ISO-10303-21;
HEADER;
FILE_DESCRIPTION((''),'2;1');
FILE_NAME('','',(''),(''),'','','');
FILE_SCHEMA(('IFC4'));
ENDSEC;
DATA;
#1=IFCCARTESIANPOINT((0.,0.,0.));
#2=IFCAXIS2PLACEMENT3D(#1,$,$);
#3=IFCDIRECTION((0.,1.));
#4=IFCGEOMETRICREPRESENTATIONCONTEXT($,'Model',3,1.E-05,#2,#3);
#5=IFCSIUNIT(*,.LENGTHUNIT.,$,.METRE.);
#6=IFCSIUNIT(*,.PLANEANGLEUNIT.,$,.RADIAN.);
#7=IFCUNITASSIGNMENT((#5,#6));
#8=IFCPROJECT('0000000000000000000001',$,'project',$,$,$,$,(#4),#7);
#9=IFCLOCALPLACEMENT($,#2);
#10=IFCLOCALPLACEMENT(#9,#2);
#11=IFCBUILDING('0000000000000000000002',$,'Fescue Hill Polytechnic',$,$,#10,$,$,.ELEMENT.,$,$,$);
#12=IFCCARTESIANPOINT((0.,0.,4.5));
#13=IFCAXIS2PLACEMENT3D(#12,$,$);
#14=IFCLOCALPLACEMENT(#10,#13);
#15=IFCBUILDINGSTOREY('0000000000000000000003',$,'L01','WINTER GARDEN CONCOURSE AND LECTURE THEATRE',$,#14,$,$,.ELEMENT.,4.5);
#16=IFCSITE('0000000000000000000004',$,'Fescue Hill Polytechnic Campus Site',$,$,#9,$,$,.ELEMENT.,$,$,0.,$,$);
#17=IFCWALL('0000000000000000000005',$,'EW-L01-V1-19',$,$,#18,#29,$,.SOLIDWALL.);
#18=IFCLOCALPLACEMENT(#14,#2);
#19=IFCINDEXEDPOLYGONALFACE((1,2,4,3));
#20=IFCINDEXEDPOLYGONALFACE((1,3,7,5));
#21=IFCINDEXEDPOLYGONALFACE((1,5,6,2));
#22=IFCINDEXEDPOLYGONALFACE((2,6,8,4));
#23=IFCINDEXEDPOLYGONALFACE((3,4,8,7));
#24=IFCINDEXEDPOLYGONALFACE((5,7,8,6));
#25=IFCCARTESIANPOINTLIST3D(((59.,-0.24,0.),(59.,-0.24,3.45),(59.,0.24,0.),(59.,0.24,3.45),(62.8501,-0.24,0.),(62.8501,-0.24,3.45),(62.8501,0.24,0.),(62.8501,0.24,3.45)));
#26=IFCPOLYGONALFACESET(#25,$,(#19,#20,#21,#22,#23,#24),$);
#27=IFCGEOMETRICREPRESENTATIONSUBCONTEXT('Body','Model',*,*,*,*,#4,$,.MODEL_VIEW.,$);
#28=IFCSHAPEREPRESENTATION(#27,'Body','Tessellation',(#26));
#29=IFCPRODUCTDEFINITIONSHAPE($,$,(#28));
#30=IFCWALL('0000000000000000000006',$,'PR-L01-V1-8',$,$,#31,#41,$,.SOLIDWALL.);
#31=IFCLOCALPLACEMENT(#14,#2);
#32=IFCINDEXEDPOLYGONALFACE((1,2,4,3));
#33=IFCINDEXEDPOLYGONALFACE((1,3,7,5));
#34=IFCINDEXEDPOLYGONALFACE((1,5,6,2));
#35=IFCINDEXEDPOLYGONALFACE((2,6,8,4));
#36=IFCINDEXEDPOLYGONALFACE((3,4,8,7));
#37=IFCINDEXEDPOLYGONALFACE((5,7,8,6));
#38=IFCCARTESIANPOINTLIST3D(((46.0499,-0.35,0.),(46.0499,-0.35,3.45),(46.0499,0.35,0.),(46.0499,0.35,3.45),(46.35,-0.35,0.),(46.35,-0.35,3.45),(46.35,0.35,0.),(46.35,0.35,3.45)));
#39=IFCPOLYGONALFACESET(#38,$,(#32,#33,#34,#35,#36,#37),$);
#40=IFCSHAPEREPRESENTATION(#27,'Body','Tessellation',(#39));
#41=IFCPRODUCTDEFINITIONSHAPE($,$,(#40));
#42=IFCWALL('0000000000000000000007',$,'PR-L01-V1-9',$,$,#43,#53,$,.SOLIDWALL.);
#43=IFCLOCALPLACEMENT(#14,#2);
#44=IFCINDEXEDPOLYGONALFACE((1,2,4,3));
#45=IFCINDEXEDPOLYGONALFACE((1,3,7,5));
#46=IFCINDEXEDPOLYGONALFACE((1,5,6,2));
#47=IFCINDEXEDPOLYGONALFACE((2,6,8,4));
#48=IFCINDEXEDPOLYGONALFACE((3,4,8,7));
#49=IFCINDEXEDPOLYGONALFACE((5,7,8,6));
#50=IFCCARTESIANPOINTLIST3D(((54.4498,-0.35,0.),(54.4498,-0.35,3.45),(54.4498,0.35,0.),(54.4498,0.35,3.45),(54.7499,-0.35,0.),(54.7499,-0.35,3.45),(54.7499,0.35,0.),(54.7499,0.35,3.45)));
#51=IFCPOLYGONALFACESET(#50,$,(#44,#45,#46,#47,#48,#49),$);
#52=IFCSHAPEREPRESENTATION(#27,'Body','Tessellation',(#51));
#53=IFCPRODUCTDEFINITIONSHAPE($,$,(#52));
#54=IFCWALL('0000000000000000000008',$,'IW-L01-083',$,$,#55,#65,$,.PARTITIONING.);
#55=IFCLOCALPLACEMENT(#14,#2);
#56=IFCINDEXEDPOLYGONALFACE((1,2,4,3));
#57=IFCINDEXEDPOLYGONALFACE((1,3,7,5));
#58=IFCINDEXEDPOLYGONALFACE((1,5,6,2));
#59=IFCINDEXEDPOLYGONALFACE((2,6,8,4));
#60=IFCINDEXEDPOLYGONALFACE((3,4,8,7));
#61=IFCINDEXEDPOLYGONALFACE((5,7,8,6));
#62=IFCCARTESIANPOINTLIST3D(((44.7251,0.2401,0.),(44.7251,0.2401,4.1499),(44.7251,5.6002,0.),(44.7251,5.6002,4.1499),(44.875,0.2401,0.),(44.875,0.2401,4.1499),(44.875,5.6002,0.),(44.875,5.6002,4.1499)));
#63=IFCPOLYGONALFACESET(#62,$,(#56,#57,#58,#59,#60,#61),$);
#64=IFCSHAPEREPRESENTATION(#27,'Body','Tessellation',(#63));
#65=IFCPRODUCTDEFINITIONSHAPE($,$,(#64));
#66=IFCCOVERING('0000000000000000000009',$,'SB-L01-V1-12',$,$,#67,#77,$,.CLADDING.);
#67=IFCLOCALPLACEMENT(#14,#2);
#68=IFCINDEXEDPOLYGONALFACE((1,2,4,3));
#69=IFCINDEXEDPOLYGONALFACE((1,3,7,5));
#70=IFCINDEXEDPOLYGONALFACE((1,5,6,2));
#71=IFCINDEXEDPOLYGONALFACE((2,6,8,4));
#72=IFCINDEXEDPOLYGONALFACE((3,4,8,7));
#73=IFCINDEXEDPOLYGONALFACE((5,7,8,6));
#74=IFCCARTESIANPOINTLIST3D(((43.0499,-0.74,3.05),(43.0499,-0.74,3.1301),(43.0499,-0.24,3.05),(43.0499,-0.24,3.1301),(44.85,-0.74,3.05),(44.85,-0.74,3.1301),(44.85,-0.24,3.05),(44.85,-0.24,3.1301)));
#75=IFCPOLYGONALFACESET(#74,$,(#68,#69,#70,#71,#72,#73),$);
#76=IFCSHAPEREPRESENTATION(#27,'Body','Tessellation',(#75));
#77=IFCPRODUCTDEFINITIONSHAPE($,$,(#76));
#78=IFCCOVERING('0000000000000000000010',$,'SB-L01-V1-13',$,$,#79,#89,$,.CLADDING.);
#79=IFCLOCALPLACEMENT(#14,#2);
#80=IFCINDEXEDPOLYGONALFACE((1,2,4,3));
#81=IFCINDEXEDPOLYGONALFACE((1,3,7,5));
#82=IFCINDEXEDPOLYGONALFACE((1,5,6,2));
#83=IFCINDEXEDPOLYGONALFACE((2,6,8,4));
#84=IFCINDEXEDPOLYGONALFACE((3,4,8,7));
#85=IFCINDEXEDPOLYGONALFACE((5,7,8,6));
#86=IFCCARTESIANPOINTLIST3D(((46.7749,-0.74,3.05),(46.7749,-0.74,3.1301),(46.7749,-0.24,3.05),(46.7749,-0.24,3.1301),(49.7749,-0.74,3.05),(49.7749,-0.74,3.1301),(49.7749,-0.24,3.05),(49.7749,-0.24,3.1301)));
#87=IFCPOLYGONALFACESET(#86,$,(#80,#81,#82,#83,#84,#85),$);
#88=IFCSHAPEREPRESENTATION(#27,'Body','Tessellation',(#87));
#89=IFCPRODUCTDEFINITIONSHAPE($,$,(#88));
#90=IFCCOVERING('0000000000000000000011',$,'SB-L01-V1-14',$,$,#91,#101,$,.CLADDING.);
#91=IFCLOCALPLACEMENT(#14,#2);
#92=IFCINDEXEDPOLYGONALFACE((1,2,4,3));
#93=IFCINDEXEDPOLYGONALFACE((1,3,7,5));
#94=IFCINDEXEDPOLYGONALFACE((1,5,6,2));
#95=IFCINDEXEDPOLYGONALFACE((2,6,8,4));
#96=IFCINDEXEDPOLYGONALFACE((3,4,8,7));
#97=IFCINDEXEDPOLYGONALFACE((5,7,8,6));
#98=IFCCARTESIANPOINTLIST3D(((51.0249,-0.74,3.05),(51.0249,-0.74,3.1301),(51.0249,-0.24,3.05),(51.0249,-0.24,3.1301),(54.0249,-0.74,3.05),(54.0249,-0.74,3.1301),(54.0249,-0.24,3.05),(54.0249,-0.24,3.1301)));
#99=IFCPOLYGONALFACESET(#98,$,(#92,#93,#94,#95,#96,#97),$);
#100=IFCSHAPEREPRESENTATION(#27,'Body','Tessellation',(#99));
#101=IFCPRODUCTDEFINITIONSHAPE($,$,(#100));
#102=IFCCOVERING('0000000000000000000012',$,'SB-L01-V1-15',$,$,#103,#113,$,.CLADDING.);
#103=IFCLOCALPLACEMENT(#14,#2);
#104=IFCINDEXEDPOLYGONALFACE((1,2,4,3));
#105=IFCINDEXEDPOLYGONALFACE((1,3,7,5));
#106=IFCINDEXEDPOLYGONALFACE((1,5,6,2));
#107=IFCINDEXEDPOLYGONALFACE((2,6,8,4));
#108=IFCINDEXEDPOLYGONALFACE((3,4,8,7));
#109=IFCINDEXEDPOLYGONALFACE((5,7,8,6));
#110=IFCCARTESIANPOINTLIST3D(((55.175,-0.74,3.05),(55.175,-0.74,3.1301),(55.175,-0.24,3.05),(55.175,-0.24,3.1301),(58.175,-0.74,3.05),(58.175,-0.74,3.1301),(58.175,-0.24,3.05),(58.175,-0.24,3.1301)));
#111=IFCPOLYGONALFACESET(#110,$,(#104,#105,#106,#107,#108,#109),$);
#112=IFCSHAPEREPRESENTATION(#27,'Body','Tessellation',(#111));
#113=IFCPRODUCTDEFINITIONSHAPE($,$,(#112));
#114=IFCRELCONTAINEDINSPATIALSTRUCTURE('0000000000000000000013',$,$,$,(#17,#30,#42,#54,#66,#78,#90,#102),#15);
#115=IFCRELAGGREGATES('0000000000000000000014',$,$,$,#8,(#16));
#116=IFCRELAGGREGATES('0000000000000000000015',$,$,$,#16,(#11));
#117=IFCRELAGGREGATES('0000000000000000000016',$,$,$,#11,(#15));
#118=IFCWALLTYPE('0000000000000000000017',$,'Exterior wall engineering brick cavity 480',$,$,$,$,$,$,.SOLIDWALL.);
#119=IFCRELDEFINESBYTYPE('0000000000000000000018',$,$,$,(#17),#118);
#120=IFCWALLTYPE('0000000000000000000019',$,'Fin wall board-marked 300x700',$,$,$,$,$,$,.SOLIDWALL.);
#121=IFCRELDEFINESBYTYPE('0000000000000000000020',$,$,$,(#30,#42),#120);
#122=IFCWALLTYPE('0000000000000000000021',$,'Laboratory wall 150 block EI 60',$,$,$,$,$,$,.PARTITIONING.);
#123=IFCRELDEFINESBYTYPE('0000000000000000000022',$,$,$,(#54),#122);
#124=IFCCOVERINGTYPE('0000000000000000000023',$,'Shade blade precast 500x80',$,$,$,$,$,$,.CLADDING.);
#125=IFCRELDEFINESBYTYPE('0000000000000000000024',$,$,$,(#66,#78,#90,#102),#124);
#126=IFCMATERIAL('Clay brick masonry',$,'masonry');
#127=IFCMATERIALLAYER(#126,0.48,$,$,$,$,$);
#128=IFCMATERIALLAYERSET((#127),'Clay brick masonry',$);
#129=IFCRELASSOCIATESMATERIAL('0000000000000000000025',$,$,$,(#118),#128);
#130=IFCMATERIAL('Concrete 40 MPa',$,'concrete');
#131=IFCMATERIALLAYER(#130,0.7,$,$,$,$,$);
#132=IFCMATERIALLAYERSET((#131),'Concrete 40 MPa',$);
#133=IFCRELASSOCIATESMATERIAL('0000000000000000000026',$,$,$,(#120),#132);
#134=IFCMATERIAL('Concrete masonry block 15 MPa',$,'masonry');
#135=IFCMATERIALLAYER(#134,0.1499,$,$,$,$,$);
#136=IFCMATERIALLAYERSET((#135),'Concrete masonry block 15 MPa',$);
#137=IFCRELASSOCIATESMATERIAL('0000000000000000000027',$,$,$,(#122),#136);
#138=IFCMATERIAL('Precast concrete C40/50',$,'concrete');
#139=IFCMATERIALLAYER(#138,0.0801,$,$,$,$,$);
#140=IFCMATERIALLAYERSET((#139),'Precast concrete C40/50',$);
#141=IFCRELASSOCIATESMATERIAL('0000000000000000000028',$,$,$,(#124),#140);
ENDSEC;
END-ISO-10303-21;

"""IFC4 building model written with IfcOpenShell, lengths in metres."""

from ifc_helpers import new_model, si_unit, direction, frame, frame_2d, origin, origin_2d, place, context, subcontext, project, spatial, rectangle, extrude, material, layer, layer_set, type_object, element, save


model = new_model("IFC4")

# Units and contexts
model_context = context("Model", 3, precision=1e-05, world=origin(), true_north=direction((0.0, 1.0)))
body_context = subcontext(model_context, "Body", "Model", "MODEL_VIEW")
ifc_project = project(units=[si_unit("LENGTHUNIT", "METRE"), si_unit("PLANEANGLEUNIT", "RADIAN")], contexts=[model_context])

# Site, building, storey
site_placement = place(None, origin())
site = spatial("IfcSite", under=ifc_project, at=site_placement, Name="Fescue Hill Polytechnic Campus Site", CompositionType="ELEMENT", RefElevation=0.0)
building_placement = place(site_placement, origin())
building = spatial("IfcBuilding", under=site, at=building_placement, Name="Fescue Hill Polytechnic", CompositionType="ELEMENT")
storey_placement = place(building_placement, frame((0.0, 0.0, 4.5)))
storey = spatial("IfcBuildingStorey", under=building, at=storey_placement, Name="L01", Description="WINTER GARDEN CONCOURSE AND LECTURE THEATRE", CompositionType="ELEMENT", Elevation=4.5)

# Shared definitions
ifc_material_1 = material(Name="Concrete 40 MPa", Category="concrete")

# Shared definitions
ifc_material_2 = material(Name="Clay brick masonry", Category="masonry")
ifc_layer_1 = layer(ifc_material_2, 0.48)
ifc_layer_set_1 = layer_set([ifc_layer_1], Name="Clay brick masonry")
wall_type_1 = type_object("IfcWallType", Name="Exterior wall engineering brick cavity 480", PredefinedType="SOLIDWALL", material=ifc_layer_set_1)

# Walls
wall_1_placement = place(storey_placement, frame((59.0, 0.0, 0.0), z_axis=(0.0, 0.0, 1.0), x_axis=(1.0, 0.0, 0.0)))
element("IfcWall", 1, at=wall_1_placement, inside=storey, type_object=wall_type_1, Name="EW-L01-V1-19", PredefinedType="SOLIDWALL", context=body_context, shape_type="SweptSolid", body=[
    extrude(rectangle(XDim=3.8501, YDim=0.48, at=frame_2d((1.925, 0.0))), origin(), (0.0, 0.0, 1.0), 3.45),
])
ifc_layer_2 = layer(ifc_material_1, 0.7)
ifc_layer_set_2 = layer_set([ifc_layer_2], Name="Concrete 40 MPa")
wall_type_2 = type_object("IfcWallType", Name="Fin wall board-marked 300x700", PredefinedType="SOLIDWALL", material=ifc_layer_set_2)
for number, where, z_axis, x_axis, name in (
    (2, (46.05, 0.0, 0.0), (0.0, 0.0, 1.0), (1.0, 0.0, 0.0), "PR-L01-V1-8"),
    (3, (54.45, 0.0, 0.0), (0.0, 0.0, 1.0), (1.0, 0.0, 0.0), "PR-L01-V1-9"),
):
    element("IfcWall", number, at=place(storey_placement, frame(where, z_axis=z_axis, x_axis=x_axis)), inside=storey, type_object=wall_type_2, Name=name, PredefinedType="SOLIDWALL", context=body_context, shape_type="SweptSolid", body=[
        extrude(rectangle(XDim=0.3, YDim=0.7, at=frame_2d((0.1499, 0.0))), origin(), (0.0, 0.0, 1.0), 3.45),
    ])
ifc_material_3 = material(Name="Concrete masonry block 15 MPa", Category="masonry")
ifc_layer_3 = layer(ifc_material_3, 0.1499)
ifc_layer_set_3 = layer_set([ifc_layer_3], Name="Concrete masonry block 15 MPa")
wall_type_3 = type_object("IfcWallType", Name="Laboratory wall 150 block EI 60", PredefinedType="PARTITIONING", material=ifc_layer_set_3)
wall_2_placement = place(storey_placement, frame((44.8, 0.24, 0.0), z_axis=(0.0, 0.0, 1.0), x_axis=(0.0, 1.0, 0.0)))
element("IfcWall", 4, at=wall_2_placement, inside=storey, type_object=wall_type_3, Name="IW-L01-083", PredefinedType="PARTITIONING", context=body_context, shape_type="SweptSolid", body=[
    extrude(rectangle(XDim=5.3601, YDim=0.1499, at=frame_2d((2.6802, 0.0))), origin(), (0.0, 0.0, 1.0), 4.1499),
])

# Coverings
ifc_material_4 = material(Name="Precast concrete C40/50", Category="concrete")
ifc_layer_4 = layer(ifc_material_4, 0.0801)
ifc_layer_set_4 = layer_set([ifc_layer_4], Name="Precast concrete C40/50")
covering_type = type_object("IfcCoveringType", Name="Shade blade precast 500x80", PredefinedType="CLADDING", material=ifc_layer_set_4)
covering_placement = place(storey_placement, frame((43.95, -0.49, 3.05), z_axis=(0.0, 0.0, 1.0), x_axis=(1.0, 0.0, 0.0)))
element("IfcCovering", 5, at=covering_placement, inside=storey, type_object=covering_type, Name="SB-L01-V1-12", PredefinedType="CLADDING", context=body_context, shape_type="SweptSolid", body=[
    extrude(rectangle(XDim=1.8, YDim=0.5, at=origin_2d()), origin(), (0.0, 0.0, 1.0), 0.0801),
])
for number, where, z_axis, x_axis, name in (
    (6, (48.2749, -0.49, 3.05), (0.0, 0.0, 1.0), (1.0, 0.0, 0.0), "SB-L01-V1-13"),
    (7, (52.5249, -0.49, 3.05), (0.0, 0.0, 1.0), (1.0, 0.0, 0.0), "SB-L01-V1-14"),
    (8, (56.675, -0.49, 3.05), (0.0, 0.0, 1.0), (1.0, 0.0, 0.0), "SB-L01-V1-15"),
):
    element("IfcCovering", number, at=place(storey_placement, frame(where, z_axis=z_axis, x_axis=x_axis)), inside=storey, type_object=covering_type, Name=name, PredefinedType="CLADDING", context=body_context, shape_type="SweptSolid", body=[
        extrude(rectangle(XDim=3.0, YDim=0.5, at=origin_2d()), origin(), (0.0, 0.0, 1.0), 0.0801),
    ])

save(model, "model.ifc")
